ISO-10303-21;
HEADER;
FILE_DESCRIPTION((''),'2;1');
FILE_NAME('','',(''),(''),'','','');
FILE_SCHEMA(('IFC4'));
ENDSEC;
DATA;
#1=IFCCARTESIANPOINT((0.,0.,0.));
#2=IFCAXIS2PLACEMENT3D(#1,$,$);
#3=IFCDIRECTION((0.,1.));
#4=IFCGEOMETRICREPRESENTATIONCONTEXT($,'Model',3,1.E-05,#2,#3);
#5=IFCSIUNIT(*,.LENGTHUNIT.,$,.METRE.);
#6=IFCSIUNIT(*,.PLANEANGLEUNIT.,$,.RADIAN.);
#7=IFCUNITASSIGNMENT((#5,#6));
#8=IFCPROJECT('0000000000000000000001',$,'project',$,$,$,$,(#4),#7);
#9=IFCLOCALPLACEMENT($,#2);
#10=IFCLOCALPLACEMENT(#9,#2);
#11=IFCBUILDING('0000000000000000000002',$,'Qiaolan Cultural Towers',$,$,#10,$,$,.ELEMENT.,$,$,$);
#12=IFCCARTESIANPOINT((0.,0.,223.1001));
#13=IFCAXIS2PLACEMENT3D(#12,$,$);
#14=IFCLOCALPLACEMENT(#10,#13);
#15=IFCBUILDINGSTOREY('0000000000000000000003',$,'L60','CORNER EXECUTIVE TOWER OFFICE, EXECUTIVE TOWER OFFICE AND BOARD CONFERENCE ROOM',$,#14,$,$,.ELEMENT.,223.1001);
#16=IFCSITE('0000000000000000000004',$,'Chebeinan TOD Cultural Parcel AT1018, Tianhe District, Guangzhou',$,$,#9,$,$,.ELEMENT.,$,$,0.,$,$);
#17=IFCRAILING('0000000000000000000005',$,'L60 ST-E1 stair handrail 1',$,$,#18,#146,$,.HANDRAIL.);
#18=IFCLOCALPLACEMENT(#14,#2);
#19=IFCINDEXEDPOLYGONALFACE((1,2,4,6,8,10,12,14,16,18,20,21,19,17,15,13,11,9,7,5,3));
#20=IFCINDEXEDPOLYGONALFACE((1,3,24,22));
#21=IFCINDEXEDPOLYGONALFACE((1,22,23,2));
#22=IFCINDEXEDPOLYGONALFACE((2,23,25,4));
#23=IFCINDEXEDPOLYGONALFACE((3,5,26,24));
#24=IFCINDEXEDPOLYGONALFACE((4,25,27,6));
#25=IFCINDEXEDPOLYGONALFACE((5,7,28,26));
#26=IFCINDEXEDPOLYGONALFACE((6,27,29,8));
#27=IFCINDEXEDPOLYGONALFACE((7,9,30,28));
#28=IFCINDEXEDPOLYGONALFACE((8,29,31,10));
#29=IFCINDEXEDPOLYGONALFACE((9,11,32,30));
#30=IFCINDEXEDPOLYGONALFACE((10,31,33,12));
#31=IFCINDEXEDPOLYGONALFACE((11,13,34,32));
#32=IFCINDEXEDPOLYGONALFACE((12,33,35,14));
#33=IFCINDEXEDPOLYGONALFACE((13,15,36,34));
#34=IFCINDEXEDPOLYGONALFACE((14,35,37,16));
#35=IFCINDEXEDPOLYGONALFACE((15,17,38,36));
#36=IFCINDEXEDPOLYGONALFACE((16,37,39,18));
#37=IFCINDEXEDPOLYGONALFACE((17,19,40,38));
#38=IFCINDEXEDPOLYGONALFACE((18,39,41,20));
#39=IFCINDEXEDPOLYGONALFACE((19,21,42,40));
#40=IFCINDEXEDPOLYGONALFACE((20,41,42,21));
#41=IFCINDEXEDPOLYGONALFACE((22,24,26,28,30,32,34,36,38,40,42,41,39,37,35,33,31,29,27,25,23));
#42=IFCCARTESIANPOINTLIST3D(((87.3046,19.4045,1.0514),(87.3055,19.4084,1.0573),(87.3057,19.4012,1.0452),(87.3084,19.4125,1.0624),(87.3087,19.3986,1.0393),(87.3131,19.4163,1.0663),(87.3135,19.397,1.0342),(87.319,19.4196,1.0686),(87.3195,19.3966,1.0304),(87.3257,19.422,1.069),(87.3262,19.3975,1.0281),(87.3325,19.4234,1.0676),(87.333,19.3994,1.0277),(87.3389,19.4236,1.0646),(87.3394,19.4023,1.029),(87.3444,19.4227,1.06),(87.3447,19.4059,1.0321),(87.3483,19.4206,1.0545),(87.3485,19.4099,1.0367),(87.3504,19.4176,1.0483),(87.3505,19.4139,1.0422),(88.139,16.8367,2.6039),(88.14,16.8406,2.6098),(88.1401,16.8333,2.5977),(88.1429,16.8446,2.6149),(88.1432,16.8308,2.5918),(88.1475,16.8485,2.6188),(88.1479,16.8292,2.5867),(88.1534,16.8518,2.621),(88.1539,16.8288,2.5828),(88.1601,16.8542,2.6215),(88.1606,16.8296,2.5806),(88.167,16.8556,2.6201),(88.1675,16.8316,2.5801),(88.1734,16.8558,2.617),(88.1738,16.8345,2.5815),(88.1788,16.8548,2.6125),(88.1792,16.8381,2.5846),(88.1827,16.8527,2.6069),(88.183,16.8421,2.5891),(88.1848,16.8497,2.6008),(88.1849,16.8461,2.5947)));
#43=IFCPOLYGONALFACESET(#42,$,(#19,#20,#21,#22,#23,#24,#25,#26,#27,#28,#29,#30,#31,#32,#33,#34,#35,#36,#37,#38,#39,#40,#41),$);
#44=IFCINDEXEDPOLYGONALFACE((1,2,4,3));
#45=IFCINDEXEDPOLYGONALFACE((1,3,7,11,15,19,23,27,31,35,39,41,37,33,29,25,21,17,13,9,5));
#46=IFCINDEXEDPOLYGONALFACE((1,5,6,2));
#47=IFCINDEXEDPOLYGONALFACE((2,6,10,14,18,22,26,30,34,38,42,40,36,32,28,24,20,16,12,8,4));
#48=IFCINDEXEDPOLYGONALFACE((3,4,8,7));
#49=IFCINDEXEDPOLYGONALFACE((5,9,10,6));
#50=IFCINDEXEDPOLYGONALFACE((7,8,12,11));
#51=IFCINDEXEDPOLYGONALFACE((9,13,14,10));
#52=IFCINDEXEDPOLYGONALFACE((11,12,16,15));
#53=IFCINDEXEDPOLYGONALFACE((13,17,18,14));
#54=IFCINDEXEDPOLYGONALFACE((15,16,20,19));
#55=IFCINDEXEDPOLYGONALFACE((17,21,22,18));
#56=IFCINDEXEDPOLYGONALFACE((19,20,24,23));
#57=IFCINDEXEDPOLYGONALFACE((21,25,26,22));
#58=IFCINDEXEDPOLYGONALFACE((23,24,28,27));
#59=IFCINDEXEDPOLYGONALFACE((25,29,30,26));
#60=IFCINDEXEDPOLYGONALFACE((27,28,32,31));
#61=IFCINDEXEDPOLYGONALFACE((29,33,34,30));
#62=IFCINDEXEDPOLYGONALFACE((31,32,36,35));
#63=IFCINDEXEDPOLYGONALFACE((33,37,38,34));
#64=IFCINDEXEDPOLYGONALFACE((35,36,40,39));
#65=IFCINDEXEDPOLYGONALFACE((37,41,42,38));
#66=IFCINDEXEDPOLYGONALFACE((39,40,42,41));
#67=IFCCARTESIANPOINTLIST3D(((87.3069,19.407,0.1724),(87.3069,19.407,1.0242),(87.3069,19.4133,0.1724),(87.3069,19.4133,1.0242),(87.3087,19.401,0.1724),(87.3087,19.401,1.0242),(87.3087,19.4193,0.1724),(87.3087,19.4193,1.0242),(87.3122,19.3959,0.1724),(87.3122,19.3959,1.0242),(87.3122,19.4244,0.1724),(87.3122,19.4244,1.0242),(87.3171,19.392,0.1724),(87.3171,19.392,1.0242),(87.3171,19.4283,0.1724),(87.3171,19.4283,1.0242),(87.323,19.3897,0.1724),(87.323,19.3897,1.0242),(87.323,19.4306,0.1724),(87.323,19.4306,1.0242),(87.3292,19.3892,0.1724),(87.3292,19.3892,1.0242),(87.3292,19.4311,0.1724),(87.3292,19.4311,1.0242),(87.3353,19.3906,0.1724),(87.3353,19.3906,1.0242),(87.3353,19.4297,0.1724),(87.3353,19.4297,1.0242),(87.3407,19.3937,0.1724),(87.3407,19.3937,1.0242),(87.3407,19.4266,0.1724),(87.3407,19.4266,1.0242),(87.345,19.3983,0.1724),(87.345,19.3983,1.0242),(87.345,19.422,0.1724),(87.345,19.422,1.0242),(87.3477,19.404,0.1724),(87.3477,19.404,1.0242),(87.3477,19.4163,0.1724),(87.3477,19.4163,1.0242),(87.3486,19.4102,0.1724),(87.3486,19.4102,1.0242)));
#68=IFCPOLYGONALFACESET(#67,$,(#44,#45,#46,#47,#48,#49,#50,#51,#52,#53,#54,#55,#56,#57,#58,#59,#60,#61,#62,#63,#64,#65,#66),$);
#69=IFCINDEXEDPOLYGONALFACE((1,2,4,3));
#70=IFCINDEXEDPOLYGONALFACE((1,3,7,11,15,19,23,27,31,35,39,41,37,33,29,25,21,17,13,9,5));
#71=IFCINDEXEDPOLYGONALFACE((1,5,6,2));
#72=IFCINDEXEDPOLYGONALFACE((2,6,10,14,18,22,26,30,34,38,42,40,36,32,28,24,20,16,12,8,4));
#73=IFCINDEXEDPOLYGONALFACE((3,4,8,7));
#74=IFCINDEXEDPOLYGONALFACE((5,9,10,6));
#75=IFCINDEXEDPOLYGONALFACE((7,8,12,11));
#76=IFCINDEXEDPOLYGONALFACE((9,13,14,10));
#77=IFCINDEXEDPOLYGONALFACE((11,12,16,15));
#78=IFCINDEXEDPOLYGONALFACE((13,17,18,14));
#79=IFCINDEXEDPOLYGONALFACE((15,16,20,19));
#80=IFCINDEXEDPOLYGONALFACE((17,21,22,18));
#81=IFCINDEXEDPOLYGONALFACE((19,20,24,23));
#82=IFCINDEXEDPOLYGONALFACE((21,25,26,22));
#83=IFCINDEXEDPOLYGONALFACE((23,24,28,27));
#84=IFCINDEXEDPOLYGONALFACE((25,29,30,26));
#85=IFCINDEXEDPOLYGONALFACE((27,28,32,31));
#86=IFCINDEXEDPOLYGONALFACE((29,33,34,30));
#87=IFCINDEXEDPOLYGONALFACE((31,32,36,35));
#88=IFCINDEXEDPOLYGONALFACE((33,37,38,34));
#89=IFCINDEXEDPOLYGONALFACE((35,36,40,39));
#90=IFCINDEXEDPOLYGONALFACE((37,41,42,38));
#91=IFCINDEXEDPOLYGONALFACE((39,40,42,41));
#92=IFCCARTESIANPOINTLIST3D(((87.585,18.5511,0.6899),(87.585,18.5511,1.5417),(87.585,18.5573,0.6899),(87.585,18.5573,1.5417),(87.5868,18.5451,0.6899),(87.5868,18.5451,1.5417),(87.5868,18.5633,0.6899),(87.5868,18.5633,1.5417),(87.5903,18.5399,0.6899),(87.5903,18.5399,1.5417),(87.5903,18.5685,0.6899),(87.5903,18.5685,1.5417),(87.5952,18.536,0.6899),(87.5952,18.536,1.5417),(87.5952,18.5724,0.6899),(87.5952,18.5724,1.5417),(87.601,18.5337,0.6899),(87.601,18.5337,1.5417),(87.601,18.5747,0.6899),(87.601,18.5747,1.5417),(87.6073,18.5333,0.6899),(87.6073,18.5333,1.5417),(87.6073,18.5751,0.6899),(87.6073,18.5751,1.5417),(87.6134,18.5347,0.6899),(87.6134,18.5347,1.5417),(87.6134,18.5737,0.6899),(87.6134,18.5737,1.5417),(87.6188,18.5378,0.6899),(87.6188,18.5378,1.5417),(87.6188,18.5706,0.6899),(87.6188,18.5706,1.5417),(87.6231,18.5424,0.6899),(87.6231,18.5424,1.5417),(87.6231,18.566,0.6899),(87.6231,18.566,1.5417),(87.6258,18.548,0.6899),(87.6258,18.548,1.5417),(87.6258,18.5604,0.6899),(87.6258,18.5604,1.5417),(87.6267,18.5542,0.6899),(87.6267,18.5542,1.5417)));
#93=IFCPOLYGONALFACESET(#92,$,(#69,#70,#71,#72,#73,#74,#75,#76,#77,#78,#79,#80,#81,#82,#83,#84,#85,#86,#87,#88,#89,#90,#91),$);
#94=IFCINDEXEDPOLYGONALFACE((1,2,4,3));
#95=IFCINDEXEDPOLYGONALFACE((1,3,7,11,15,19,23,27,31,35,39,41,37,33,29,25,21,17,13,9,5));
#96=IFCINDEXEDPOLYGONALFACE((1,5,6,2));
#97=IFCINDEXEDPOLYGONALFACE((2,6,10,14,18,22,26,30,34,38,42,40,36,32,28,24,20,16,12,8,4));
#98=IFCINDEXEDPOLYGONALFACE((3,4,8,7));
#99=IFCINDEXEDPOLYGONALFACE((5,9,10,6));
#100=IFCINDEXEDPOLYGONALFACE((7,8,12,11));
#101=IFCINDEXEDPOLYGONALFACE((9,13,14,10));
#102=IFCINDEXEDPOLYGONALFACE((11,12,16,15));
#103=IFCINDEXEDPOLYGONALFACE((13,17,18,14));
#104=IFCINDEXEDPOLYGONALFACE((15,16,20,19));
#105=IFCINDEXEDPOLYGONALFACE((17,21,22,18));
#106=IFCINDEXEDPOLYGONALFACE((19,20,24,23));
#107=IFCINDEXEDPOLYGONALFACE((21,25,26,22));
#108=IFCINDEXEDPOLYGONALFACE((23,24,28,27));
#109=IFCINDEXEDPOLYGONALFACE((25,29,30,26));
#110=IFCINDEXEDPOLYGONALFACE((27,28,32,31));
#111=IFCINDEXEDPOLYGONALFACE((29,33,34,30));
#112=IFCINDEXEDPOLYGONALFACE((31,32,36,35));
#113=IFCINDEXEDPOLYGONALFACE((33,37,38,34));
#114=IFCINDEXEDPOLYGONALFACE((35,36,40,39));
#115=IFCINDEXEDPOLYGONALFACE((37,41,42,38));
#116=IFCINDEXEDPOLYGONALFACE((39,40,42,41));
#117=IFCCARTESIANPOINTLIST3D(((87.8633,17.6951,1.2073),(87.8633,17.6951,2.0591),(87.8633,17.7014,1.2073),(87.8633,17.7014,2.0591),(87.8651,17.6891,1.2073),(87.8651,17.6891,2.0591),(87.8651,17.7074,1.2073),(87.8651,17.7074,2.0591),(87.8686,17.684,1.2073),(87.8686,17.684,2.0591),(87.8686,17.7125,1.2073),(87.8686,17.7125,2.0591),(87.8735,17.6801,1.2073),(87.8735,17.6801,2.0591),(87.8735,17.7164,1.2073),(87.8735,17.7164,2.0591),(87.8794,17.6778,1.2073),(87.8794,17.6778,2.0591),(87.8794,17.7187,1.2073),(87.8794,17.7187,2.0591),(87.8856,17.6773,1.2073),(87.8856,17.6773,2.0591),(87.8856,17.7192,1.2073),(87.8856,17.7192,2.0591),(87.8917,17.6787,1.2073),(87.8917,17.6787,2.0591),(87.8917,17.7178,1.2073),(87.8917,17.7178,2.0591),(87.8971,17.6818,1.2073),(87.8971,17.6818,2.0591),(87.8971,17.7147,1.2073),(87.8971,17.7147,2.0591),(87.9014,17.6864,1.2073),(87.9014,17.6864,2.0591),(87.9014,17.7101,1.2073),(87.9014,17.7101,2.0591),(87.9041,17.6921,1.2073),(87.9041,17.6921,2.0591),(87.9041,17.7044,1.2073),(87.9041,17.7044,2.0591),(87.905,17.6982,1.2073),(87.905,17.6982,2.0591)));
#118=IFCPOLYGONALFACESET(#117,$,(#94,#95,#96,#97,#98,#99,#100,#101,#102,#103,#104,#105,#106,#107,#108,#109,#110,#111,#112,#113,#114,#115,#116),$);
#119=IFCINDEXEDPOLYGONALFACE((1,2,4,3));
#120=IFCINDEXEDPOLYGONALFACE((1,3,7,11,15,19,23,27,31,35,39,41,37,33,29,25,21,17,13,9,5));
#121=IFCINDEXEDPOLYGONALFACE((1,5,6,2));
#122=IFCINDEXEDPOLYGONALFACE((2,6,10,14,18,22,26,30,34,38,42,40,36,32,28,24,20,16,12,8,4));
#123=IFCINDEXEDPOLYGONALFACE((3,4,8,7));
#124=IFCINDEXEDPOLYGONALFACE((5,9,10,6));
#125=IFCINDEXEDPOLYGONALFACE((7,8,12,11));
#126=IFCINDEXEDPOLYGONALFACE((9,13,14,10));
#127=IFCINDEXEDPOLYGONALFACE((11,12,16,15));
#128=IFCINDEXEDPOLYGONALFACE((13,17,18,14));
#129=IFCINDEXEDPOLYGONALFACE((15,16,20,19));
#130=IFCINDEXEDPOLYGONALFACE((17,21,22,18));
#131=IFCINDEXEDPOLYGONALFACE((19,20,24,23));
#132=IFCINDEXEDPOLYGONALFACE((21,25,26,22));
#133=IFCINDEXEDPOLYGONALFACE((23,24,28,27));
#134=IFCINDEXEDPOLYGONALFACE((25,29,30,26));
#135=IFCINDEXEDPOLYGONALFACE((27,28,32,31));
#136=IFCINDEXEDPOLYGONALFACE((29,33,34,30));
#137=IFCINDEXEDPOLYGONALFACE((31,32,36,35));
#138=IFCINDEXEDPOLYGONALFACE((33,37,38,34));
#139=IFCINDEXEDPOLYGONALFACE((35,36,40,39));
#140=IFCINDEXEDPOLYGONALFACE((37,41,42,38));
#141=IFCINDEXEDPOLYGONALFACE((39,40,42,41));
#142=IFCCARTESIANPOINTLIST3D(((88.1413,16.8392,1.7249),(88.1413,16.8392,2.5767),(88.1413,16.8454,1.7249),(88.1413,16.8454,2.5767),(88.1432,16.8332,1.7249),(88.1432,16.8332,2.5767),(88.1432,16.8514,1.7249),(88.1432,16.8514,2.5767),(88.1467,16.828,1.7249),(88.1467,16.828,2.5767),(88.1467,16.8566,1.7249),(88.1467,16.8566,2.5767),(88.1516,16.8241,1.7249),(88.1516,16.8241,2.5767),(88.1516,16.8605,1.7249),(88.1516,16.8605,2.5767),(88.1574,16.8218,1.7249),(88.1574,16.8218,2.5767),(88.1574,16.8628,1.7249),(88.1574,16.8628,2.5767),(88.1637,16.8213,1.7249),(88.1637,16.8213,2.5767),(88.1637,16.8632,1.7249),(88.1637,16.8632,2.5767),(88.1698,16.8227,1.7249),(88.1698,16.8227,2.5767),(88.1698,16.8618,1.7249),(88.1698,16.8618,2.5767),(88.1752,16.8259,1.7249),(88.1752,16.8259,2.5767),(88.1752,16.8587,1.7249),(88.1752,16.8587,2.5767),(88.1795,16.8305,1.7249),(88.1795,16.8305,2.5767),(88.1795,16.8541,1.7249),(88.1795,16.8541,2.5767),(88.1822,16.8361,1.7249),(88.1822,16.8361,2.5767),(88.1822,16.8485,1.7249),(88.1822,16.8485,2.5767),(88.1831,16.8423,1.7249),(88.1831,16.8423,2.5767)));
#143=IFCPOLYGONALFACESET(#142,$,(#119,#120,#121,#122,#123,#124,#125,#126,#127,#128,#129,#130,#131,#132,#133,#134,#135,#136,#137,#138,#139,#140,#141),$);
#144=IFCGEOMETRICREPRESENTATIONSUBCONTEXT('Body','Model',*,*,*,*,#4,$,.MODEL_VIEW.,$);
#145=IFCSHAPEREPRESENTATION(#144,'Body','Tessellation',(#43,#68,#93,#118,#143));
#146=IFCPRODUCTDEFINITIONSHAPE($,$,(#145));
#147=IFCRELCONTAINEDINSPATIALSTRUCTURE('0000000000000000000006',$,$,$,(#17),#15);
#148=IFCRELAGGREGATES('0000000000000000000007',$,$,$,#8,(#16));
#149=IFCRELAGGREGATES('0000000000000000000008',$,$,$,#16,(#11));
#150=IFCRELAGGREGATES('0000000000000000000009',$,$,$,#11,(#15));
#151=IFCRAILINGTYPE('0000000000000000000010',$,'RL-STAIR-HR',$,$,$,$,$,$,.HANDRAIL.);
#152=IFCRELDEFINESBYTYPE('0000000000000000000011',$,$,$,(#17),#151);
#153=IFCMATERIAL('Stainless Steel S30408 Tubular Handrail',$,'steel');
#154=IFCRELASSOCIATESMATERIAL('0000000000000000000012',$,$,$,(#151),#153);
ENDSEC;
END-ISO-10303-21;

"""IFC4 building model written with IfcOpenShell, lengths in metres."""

from ifc_helpers import new_model, si_unit, direction, frame, origin, origin_2d, place, context, subcontext, project, spatial, circle, extrude, material, type_object, element, save


model = new_model("IFC4")

# Units and contexts
model_context = context("Model", 3, precision=1e-05, world=origin(), true_north=direction((0.0, 1.0)))
body_context = subcontext(model_context, "Body", "Model", "MODEL_VIEW")
ifc_project = project(units=[si_unit("LENGTHUNIT", "METRE"), si_unit("PLANEANGLEUNIT", "RADIAN")], contexts=[model_context])

# Site, building, storey
site_placement = place(None, origin())
site = spatial("IfcSite", under=ifc_project, at=site_placement, Name="Chebeinan TOD Cultural Parcel AT1018, Tianhe District, Guangzhou", CompositionType="ELEMENT", RefElevation=0.0)
building_placement = place(site_placement, origin())
building = spatial("IfcBuilding", under=site, at=building_placement, Name="Qiaolan Cultural Towers", CompositionType="ELEMENT")
storey_placement = place(building_placement, frame((0.0, 0.0, 223.1001)))
storey = spatial("IfcBuildingStorey", under=building, at=storey_placement, Name="L60", Description="CORNER EXECUTIVE TOWER OFFICE, EXECUTIVE TOWER OFFICE AND BOARD CONFERENCE ROOM", CompositionType="ELEMENT", Elevation=223.1001)

# Railing
ifc_material_1 = material(Name="Stainless Steel S30408 Tubular Handrail", Category="steel")
railing_type_1 = type_object("IfcRailingType", Name="RL-STAIR-HR", PredefinedType="HANDRAIL", material=ifc_material_1)
railing_1_placement = place(storey_placement, frame((87.3276, 19.4102, 0.1724)))
element("IfcRailing", 1, at=railing_1_placement, inside=storey, type_object=railing_type_1, Name="L60 ST-E1 stair handrail 1", PredefinedType="HANDRAIL", context=body_context, shape_type="SweptSolid", body=[
    extrude(circle(Radius=0.0239, at=origin_2d()), frame((0.0, 0.0, 0.876), z_axis=(0.267926, -0.824471, 0.498461), x_axis=(0.951043, 0.309057, 0.0)), (0.0, 0.0, 1.0), 3.1145),
    extrude(circle(Radius=0.021, at=origin_2d()), origin(), (0.0, 0.0, 1.0), 0.8518),
    extrude(circle(Radius=0.021, at=origin_2d()), frame((0.2781, -0.856, 0.5176)), (0.0, 0.0, 1.0), 0.8518),
    extrude(circle(Radius=0.021, at=origin_2d()), frame((0.5564, -1.7119, 1.0349)), (0.0, 0.0, 1.0), 0.8518),
    extrude(circle(Radius=0.021, at=origin_2d()), frame((0.8345, -2.5679, 1.5525)), (0.0, 0.0, 1.0), 0.8518),
])

save(model, "model.ifc")
